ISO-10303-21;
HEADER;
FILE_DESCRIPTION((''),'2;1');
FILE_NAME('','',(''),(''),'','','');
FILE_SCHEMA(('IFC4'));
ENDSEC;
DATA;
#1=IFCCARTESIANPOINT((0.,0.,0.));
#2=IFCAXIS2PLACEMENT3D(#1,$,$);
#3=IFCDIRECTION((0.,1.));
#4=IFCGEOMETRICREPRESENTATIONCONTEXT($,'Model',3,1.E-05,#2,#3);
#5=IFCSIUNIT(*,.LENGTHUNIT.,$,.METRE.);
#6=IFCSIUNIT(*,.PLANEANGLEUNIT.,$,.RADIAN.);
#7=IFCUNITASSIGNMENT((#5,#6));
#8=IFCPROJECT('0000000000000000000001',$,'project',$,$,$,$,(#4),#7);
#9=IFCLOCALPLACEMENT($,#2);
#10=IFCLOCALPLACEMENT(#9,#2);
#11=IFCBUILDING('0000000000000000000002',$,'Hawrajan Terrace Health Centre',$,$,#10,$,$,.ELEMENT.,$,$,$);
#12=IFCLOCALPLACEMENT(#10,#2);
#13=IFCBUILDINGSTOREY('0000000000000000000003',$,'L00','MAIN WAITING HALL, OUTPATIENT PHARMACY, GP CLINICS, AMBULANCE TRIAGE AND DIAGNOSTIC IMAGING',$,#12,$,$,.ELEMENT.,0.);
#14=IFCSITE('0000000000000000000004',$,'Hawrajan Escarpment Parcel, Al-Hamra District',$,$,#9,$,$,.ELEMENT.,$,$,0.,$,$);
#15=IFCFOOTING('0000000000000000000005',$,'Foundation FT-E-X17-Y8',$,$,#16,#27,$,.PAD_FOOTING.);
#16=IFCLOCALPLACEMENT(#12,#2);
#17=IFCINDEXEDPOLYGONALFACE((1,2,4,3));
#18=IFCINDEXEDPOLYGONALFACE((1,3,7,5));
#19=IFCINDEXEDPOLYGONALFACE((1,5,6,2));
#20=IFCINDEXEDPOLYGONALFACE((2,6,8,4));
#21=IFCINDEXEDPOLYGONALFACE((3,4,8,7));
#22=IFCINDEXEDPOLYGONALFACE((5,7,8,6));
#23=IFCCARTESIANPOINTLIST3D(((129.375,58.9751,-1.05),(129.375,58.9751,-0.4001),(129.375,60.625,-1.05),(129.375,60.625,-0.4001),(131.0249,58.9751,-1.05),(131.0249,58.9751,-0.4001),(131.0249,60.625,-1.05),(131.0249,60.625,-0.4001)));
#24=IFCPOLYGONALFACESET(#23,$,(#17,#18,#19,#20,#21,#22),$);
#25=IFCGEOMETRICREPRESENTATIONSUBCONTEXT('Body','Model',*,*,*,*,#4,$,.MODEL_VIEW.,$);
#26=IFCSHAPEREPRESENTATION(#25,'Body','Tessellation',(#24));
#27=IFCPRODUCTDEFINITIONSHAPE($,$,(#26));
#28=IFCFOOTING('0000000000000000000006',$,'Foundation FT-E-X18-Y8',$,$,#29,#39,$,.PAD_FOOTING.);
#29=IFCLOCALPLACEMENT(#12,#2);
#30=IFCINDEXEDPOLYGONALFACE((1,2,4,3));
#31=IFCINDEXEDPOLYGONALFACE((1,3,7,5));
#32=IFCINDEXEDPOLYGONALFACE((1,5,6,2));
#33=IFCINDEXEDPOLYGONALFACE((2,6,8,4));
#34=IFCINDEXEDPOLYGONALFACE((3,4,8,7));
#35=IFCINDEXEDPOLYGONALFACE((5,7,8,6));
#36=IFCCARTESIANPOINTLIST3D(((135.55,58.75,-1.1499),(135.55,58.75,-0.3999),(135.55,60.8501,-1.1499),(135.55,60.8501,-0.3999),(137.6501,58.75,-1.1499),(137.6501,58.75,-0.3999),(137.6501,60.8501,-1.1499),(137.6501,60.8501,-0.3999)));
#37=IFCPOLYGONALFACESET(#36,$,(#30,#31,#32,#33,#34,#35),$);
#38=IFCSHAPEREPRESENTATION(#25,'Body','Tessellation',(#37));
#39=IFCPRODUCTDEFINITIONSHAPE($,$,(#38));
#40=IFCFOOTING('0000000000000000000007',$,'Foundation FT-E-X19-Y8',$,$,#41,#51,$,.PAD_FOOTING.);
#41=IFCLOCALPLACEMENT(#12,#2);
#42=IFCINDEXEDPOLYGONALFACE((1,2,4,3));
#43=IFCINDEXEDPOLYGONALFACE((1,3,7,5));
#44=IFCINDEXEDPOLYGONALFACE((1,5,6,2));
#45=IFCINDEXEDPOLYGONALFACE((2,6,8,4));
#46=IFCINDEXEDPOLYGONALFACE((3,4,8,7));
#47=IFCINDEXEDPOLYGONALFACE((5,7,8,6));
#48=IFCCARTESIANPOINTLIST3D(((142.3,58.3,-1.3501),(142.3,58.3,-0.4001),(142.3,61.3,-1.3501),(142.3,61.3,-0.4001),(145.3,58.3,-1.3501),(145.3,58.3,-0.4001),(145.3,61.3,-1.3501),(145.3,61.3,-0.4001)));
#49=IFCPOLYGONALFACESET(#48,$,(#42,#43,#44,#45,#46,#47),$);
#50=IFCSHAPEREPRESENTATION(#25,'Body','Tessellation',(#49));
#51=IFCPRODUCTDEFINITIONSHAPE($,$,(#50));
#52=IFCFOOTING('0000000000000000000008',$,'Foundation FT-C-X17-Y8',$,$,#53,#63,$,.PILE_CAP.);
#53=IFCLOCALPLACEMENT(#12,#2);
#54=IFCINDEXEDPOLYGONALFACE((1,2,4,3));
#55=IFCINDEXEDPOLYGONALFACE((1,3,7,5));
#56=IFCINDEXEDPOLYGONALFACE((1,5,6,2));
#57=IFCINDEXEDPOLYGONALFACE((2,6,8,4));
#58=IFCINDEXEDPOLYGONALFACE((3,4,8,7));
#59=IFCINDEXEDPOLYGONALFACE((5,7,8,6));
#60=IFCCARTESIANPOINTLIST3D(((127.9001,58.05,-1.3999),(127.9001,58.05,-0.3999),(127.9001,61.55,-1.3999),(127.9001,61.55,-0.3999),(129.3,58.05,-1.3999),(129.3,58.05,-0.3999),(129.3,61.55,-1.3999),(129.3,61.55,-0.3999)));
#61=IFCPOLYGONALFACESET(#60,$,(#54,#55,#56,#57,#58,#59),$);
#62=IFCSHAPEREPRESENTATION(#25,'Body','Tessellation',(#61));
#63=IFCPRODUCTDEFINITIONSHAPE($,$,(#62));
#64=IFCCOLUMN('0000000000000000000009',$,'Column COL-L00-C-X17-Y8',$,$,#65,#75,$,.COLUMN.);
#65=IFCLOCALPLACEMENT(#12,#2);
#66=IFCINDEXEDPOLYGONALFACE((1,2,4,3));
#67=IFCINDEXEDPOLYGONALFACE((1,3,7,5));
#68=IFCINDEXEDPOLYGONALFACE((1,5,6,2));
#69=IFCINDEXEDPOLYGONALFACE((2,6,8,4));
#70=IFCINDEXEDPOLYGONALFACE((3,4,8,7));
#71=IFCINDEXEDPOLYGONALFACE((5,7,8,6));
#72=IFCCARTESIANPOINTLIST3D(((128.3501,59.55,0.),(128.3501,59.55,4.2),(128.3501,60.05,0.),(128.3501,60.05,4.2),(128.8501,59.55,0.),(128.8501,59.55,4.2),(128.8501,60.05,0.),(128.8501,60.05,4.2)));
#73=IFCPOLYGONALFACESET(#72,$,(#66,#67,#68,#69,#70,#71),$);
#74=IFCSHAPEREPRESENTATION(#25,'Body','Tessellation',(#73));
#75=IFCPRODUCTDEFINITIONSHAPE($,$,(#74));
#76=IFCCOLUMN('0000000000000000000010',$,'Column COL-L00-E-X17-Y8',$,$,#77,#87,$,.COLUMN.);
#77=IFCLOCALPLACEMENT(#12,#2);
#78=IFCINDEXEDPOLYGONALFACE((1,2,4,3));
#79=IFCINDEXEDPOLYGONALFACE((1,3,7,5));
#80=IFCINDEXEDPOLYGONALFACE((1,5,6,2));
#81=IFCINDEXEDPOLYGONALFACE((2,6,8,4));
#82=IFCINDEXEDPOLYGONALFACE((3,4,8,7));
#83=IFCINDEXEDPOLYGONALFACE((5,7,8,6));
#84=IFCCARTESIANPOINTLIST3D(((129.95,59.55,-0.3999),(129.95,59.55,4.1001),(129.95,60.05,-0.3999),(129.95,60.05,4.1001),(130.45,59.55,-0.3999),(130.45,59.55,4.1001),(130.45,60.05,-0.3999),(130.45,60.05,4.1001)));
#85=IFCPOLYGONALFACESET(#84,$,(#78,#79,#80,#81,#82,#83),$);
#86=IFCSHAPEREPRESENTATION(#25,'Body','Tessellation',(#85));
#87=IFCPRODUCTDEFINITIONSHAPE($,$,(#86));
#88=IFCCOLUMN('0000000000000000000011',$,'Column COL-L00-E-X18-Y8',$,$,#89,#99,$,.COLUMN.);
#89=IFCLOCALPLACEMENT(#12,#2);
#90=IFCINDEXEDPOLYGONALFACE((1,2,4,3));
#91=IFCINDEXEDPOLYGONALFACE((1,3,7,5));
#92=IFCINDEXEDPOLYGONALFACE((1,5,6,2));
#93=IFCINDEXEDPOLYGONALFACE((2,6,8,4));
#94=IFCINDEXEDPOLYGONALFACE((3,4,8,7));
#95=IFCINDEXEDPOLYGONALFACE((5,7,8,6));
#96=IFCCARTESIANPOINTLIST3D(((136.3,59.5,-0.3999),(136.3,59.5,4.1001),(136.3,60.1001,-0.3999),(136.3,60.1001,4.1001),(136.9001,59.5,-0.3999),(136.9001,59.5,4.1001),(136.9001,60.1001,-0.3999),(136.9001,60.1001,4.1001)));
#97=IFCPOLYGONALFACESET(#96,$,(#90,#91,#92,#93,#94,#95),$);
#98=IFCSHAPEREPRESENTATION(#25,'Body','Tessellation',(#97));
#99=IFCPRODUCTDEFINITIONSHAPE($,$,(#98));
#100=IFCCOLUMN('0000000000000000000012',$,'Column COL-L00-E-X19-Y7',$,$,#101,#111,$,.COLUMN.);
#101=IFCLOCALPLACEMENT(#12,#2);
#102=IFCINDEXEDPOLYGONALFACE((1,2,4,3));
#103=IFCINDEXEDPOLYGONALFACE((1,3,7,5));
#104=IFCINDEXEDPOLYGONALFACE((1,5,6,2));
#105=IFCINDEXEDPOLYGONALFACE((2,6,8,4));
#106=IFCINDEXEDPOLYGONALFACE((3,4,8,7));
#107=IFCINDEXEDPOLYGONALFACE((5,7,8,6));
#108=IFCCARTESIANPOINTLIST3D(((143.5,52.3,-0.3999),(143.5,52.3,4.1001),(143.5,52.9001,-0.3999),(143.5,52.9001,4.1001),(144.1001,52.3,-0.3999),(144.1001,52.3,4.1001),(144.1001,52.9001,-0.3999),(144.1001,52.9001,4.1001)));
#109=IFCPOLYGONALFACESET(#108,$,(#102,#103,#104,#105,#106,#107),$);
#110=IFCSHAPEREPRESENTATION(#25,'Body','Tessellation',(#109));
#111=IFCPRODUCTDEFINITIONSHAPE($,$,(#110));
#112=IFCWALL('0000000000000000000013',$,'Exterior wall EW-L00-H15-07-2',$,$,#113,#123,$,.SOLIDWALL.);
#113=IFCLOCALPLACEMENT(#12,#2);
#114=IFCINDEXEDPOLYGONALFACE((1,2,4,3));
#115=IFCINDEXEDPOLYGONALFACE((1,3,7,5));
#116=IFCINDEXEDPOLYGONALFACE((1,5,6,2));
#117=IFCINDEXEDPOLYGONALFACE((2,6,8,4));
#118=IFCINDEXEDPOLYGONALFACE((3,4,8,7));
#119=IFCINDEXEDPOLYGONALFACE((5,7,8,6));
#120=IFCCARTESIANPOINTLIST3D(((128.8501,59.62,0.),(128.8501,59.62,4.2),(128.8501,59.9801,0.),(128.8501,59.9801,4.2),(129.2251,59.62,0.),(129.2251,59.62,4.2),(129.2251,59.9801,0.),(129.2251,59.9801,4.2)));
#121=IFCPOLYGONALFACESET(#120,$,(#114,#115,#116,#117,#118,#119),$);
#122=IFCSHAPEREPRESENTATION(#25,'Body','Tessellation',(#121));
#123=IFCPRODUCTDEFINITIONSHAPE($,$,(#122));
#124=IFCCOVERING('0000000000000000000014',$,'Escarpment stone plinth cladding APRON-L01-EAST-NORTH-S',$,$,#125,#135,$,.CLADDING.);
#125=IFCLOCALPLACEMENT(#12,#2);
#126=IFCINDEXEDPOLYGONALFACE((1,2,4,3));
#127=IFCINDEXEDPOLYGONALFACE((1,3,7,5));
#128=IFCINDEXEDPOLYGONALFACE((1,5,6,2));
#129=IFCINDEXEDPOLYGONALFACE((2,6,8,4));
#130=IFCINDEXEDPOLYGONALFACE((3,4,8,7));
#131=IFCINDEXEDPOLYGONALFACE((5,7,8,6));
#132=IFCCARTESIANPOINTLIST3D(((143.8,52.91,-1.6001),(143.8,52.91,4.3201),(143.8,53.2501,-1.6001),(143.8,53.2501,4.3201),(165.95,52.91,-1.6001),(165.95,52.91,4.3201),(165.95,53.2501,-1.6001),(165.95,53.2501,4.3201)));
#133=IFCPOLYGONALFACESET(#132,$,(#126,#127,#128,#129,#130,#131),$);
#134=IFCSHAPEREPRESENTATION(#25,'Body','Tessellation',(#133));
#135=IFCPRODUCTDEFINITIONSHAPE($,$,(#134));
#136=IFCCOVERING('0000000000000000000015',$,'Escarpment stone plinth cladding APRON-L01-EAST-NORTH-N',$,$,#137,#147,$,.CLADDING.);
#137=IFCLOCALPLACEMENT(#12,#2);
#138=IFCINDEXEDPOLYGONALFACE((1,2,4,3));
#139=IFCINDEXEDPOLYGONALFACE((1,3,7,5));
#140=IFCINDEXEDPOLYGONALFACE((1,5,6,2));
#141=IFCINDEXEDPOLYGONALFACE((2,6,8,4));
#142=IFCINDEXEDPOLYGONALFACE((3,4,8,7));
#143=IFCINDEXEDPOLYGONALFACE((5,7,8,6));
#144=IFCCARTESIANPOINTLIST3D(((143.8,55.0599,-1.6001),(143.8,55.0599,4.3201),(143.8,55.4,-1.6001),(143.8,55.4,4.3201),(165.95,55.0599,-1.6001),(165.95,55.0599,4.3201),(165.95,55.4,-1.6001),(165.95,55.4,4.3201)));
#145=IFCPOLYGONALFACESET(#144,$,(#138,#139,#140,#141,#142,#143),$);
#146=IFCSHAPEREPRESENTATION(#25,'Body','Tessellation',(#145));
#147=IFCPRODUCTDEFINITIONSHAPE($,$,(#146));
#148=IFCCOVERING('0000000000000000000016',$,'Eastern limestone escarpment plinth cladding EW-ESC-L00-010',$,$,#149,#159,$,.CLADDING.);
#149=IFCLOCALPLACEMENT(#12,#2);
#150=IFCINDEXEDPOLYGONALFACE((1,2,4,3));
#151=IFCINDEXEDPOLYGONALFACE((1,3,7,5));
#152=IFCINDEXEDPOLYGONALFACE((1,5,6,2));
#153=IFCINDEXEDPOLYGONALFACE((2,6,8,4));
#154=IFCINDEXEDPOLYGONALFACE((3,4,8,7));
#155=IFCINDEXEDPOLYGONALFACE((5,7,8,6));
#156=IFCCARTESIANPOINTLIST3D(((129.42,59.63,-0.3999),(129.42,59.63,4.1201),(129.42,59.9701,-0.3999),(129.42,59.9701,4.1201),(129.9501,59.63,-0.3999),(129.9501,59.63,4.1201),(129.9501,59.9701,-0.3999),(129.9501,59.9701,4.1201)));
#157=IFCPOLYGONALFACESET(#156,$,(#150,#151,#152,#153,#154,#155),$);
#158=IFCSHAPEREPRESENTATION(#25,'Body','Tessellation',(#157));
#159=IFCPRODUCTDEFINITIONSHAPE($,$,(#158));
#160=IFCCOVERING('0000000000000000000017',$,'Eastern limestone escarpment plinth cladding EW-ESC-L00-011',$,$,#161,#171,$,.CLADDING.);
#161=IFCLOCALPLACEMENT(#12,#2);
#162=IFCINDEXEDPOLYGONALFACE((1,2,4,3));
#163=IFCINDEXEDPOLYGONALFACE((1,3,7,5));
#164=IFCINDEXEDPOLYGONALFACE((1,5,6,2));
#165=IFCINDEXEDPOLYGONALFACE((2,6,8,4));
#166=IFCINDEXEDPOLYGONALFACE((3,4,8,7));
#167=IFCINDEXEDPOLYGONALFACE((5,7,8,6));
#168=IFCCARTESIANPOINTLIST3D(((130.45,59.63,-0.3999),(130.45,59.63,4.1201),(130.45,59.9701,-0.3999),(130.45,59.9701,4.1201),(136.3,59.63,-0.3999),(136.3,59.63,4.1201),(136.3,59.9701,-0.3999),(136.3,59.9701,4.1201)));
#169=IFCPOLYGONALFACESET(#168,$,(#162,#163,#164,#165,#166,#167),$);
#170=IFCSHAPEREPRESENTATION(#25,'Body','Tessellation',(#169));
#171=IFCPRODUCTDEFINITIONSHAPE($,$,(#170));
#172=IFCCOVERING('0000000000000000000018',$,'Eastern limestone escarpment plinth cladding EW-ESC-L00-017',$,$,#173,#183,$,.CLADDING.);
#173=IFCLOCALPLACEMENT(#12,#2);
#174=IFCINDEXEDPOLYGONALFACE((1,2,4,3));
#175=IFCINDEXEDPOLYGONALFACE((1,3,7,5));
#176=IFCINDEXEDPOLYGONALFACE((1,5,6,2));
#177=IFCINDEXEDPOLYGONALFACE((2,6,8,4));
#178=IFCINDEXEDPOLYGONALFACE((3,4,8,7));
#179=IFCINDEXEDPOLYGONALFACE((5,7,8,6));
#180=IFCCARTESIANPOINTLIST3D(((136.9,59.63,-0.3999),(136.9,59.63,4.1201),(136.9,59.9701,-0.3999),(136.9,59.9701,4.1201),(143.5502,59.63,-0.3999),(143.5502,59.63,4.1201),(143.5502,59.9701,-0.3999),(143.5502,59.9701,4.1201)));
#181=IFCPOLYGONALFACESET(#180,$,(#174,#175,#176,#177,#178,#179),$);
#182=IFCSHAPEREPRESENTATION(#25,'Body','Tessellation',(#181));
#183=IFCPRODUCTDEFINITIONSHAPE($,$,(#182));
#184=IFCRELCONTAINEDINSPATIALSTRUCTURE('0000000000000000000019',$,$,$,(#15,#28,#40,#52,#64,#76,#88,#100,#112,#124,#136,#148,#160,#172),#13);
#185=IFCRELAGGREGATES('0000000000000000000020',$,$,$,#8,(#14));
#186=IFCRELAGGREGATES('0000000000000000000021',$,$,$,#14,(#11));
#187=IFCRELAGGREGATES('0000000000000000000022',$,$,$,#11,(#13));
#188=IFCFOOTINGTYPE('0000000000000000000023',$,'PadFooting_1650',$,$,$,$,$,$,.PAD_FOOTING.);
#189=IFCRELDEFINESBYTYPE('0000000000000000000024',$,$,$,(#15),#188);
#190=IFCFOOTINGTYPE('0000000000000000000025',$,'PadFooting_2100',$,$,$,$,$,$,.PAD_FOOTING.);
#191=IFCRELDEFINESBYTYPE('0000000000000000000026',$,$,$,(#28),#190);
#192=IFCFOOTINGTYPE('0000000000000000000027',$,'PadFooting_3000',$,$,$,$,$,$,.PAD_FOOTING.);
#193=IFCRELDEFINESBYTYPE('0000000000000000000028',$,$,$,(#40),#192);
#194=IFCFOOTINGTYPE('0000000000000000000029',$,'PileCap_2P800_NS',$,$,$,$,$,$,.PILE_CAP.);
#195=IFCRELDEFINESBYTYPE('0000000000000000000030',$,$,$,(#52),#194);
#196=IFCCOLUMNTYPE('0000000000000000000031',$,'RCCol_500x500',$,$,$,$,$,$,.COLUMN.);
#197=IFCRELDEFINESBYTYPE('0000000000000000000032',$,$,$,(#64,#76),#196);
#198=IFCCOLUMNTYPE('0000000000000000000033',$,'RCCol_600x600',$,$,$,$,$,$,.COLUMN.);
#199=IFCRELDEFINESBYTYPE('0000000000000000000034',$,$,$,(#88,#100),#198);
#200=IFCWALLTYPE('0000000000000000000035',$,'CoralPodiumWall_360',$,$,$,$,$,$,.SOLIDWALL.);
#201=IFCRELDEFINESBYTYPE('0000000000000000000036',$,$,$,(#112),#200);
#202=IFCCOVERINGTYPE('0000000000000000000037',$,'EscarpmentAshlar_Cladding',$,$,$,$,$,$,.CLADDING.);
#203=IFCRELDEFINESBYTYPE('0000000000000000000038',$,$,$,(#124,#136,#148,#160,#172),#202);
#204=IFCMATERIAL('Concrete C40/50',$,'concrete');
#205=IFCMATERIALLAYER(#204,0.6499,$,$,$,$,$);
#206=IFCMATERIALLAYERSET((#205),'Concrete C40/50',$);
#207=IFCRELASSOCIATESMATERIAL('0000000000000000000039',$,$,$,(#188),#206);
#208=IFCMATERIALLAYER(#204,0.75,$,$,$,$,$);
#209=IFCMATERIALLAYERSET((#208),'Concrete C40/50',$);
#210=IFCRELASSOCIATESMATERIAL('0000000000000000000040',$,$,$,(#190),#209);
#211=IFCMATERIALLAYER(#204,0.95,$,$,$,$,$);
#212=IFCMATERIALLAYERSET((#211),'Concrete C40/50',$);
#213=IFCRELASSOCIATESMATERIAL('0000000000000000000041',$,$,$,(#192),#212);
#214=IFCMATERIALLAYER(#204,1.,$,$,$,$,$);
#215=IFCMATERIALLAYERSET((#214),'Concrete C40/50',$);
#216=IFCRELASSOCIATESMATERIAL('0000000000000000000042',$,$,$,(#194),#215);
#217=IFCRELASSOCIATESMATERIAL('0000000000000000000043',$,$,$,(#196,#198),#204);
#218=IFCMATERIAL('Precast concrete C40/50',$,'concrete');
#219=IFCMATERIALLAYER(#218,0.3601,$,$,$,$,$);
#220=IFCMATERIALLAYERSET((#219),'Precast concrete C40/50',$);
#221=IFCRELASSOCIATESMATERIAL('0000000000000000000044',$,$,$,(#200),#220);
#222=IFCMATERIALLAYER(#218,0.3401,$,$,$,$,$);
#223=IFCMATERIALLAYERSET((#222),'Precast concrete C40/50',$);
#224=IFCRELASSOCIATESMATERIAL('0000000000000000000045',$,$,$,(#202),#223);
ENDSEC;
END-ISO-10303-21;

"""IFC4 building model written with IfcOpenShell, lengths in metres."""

from ifc_helpers import new_model, si_unit, direction, frame, frame_2d, origin, origin_2d, place, context, subcontext, project, spatial, rectangle, extrude, material, layer, layer_set, material_profile, profile_set, type_object, element, save


model = new_model("IFC4")

# Units and contexts
model_context = context("Model", 3, precision=1e-05, world=origin(), true_north=direction((0.0, 1.0)))
body_context = subcontext(model_context, "Body", "Model", "MODEL_VIEW")
ifc_project = project(units=[si_unit("LENGTHUNIT", "METRE"), si_unit("PLANEANGLEUNIT", "RADIAN")], contexts=[model_context])

# Site, building, storey
site_placement = place(None, origin())
site = spatial("IfcSite", under=ifc_project, at=site_placement, Name="Hawrajan Escarpment Parcel, Al-Hamra District", CompositionType="ELEMENT", RefElevation=0.0)
building_placement = place(site_placement, origin())
building = spatial("IfcBuilding", under=site, at=building_placement, Name="Hawrajan Terrace Health Centre", CompositionType="ELEMENT")
storey_placement = place(building_placement, origin())
storey = spatial("IfcBuildingStorey", under=building, at=storey_placement, Name="L00", Description="MAIN WAITING HALL, OUTPATIENT PHARMACY, GP CLINICS, AMBULANCE TRIAGE AND DIAGNOSTIC IMAGING", CompositionType="ELEMENT", Elevation=0.0)

# Shared definitions
ifc_material_1 = material(Name="Concrete C40/50", Category="concrete")

# Footings
ifc_layer_1 = layer(ifc_material_1, 0.6499)
ifc_layer_set_1 = layer_set([ifc_layer_1], Name="Concrete C40/50")
footing_type_1 = type_object("IfcFootingType", Name="PadFooting_1650", PredefinedType="PAD_FOOTING", material=ifc_layer_set_1)
footing_1_placement = place(storey_placement, frame((130.2, 59.8, -1.05), z_axis=(0.0, 0.0, 1.0), x_axis=(1.0, 0.0, 0.0)))
element("IfcFooting", 1, at=footing_1_placement, inside=storey, type_object=footing_type_1, Name="Foundation FT-E-X17-Y8", PredefinedType="PAD_FOOTING", context=body_context, shape_type="SweptSolid", body=[
    extrude(rectangle(XDim=1.6499, YDim=1.6499, at=origin_2d()), origin(), (0.0, 0.0, 1.0), 0.6499),
])
ifc_layer_2 = layer(ifc_material_1, 0.75)
ifc_layer_set_2 = layer_set([ifc_layer_2], Name="Concrete C40/50")
footing_type_2 = type_object("IfcFootingType", Name="PadFooting_2100", PredefinedType="PAD_FOOTING", material=ifc_layer_set_2)
footing_2_placement = place(storey_placement, frame((136.6001, 59.8, -1.1499), z_axis=(0.0, 0.0, 1.0), x_axis=(1.0, 0.0, 0.0)))
element("IfcFooting", 2, at=footing_2_placement, inside=storey, type_object=footing_type_2, Name="Foundation FT-E-X18-Y8", PredefinedType="PAD_FOOTING", context=body_context, shape_type="SweptSolid", body=[
    extrude(rectangle(XDim=2.1001, YDim=2.1001, at=origin_2d()), origin(), (0.0, 0.0, 1.0), 0.75),
])
ifc_layer_3 = layer(ifc_material_1, 0.95)
ifc_layer_set_3 = layer_set([ifc_layer_3], Name="Concrete C40/50")
footing_type_3 = type_object("IfcFootingType", Name="PadFooting_3000", PredefinedType="PAD_FOOTING", material=ifc_layer_set_3)
footing_3_placement = place(storey_placement, frame((143.8, 59.8, -1.3501), z_axis=(0.0, 0.0, 1.0), x_axis=(1.0, 0.0, 0.0)))
element("IfcFooting", 3, at=footing_3_placement, inside=storey, type_object=footing_type_3, Name="Foundation FT-E-X19-Y8", PredefinedType="PAD_FOOTING", context=body_context, shape_type="SweptSolid", body=[
    extrude(rectangle(XDim=3.0, YDim=3.0, at=origin_2d()), origin(), (0.0, 0.0, 1.0), 0.95),
])
ifc_layer_4 = layer(ifc_material_1, 1.0)
ifc_layer_set_4 = layer_set([ifc_layer_4], Name="Concrete C40/50")
footing_type_4 = type_object("IfcFootingType", Name="PileCap_2P800_NS", PredefinedType="PILE_CAP", material=ifc_layer_set_4)
footing_4_placement = place(storey_placement, frame((128.6001, 59.8, -1.3999), z_axis=(0.0, 0.0, 1.0), x_axis=(1.0, 0.0, 0.0)))
element("IfcFooting", 4, at=footing_4_placement, inside=storey, type_object=footing_type_4, Name="Foundation FT-C-X17-Y8", PredefinedType="PILE_CAP", context=body_context, shape_type="SweptSolid", body=[
    extrude(rectangle(XDim=1.3999, YDim=3.5, at=origin_2d()), origin(), (0.0, 0.0, 1.0), 1.0),
])

# Columns
ifc_material_profile_1 = material_profile(ifc_material_1, rectangle(XDim=0.5, YDim=0.5, at=origin_2d()), Name="RC 500x500")
ifc_profile_set_1 = profile_set([ifc_material_profile_1], Name="Concrete C40/50")
column_type_1 = type_object("IfcColumnType", Name="RCCol_500x500", PredefinedType="COLUMN", material=ifc_profile_set_1)
column_1_placement = place(storey_placement, frame((128.6001, 59.8, 0.0), z_axis=(0.0, 0.0, 1.0), x_axis=(1.0, 0.0, 0.0)))
element("IfcColumn", 5, at=column_1_placement, inside=storey, type_object=column_type_1, Name="Column COL-L00-C-X17-Y8", PredefinedType="COLUMN", context=body_context, shape_type="SweptSolid", body=[
    extrude(rectangle(XDim=0.5, YDim=0.5, at=origin_2d()), origin(), (0.0, 0.0, 1.0), 4.2),
])
column_2_placement = place(storey_placement, frame((130.2, 59.8, -0.3999), z_axis=(0.0, 0.0, 1.0), x_axis=(1.0, 0.0, 0.0)))
element("IfcColumn", 6, at=column_2_placement, inside=storey, type_object=column_type_1, Name="Column COL-L00-E-X17-Y8", PredefinedType="COLUMN", context=body_context, shape_type="SweptSolid", body=[
    extrude(rectangle(XDim=0.5, YDim=0.5, at=origin_2d()), origin(), (0.0, 0.0, 1.0), 4.5),
])
ifc_material_profile_2 = material_profile(ifc_material_1, rectangle(XDim=0.6001, YDim=0.6001, at=origin_2d()), Name="RC 600x600")
ifc_profile_set_2 = profile_set([ifc_material_profile_2], Name="Concrete C40/50")
column_type_2 = type_object("IfcColumnType", Name="RCCol_600x600", PredefinedType="COLUMN", material=ifc_profile_set_2)
for number, where, z_axis, x_axis, name in (
    (7, (136.6001, 59.8, -0.3999), (0.0, 0.0, 1.0), (1.0, 0.0, 0.0), "Column COL-L00-E-X18-Y8"),
    (8, (143.8, 52.6001, -0.3999), (0.0, 0.0, 1.0), (1.0, 0.0, 0.0), "Column COL-L00-E-X19-Y7"),
):
    element("IfcColumn", number, at=place(storey_placement, frame(where, z_axis=z_axis, x_axis=x_axis)), inside=storey, type_object=column_type_2, Name=name, PredefinedType="COLUMN", context=body_context, shape_type="SweptSolid", body=[
        extrude(rectangle(XDim=0.6001, YDim=0.6001, at=origin_2d()), origin(), (0.0, 0.0, 1.0), 4.5),
    ])

# Wall
ifc_material_2 = material(Name="Precast concrete C40/50", Category="concrete")
ifc_layer_5 = layer(ifc_material_2, 0.3601)
ifc_layer_set_5 = layer_set([ifc_layer_5], Name="Precast concrete C40/50")
wall_type = type_object("IfcWallType", Name="CoralPodiumWall_360", PredefinedType="SOLIDWALL", material=ifc_layer_set_5)
wall_placement = place(storey_placement, frame((128.8501, 59.8, 0.0), z_axis=(0.0, 0.0, 1.0), x_axis=(1.0, 0.0, 0.0)))
element("IfcWall", 9, at=wall_placement, inside=storey, type_object=wall_type, Name="Exterior wall EW-L00-H15-07-2", PredefinedType="SOLIDWALL", context=body_context, shape_type="SweptSolid", body=[
    extrude(rectangle(XDim=0.375, YDim=0.3601, at=frame_2d((0.1875, 0.0))), origin(), (0.0, 0.0, 1.0), 4.2),
])

# Coverings
ifc_layer_6 = layer(ifc_material_2, 0.3401)
ifc_layer_set_6 = layer_set([ifc_layer_6], Name="Precast concrete C40/50")
covering_type = type_object("IfcCoveringType", Name="EscarpmentAshlar_Cladding", PredefinedType="CLADDING", material=ifc_layer_set_6)
for number, where, z_axis, x_axis, name in (
    (10, (143.8, 53.0801, -1.6001), (0.0, 0.0, 1.0), (1.0, 0.0, 0.0), "Escarpment stone plinth cladding APRON-L01-EAST-NORTH-S"),
    (11, (143.8, 55.23, -1.6001), (0.0, 0.0, 1.0), (1.0, 0.0, 0.0), "Escarpment stone plinth cladding APRON-L01-EAST-NORTH-N"),
):
    element("IfcCovering", number, at=place(storey_placement, frame(where, z_axis=z_axis, x_axis=x_axis)), inside=storey, type_object=covering_type, Name=name, PredefinedType="CLADDING", context=body_context, shape_type="SweptSolid", body=[
        extrude(rectangle(XDim=22.1499, YDim=0.3401, at=frame_2d((11.075, 0.0))), origin(), (0.0, 0.0, 1.0), 5.9202),
    ])
covering_1_placement = place(storey_placement, frame((129.4199, 59.8, -0.3999), z_axis=(0.0, 0.0, 1.0), x_axis=(1.0, 0.0, 0.0)))
element("IfcCovering", 12, at=covering_1_placement, inside=storey, type_object=covering_type, Name="Eastern limestone escarpment plinth cladding EW-ESC-L00-010", PredefinedType="CLADDING", context=body_context, shape_type="SweptSolid", body=[
    extrude(rectangle(XDim=0.53, YDim=0.3401, at=frame_2d((0.2651, 0.0))), origin(), (0.0, 0.0, 1.0), 4.52),
])
covering_2_placement = place(storey_placement, frame((130.45, 59.8, -0.3999), z_axis=(0.0, 0.0, 1.0), x_axis=(1.0, 0.0, 0.0)))
element("IfcCovering", 13, at=covering_2_placement, inside=storey, type_object=covering_type, Name="Eastern limestone escarpment plinth cladding EW-ESC-L00-011", PredefinedType="CLADDING", context=body_context, shape_type="SweptSolid", body=[
    extrude(rectangle(XDim=5.8501, YDim=0.3401, at=frame_2d((2.925, 0.0))), origin(), (0.0, 0.0, 1.0), 4.52),
])
for number, where, z_axis, x_axis, name in (
    (14, (136.8999, 59.8, -0.3999), (0.0, 0.0, 1.0), (1.0, 0.0, 0.0), "Eastern limestone escarpment plinth cladding EW-ESC-L00-017"),
):
    element("IfcCovering", number, at=place(storey_placement, frame(where, z_axis=z_axis, x_axis=x_axis)), inside=storey, type_object=covering_type, Name=name, PredefinedType="CLADDING", context=body_context, shape_type="SweptSolid", body=[
        extrude(rectangle(XDim=6.6501, YDim=0.3401, at=frame_2d((3.3252, 0.0))), origin(), (0.0, 0.0, 1.0), 4.52),
    ])

save(model, "model.ifc")
